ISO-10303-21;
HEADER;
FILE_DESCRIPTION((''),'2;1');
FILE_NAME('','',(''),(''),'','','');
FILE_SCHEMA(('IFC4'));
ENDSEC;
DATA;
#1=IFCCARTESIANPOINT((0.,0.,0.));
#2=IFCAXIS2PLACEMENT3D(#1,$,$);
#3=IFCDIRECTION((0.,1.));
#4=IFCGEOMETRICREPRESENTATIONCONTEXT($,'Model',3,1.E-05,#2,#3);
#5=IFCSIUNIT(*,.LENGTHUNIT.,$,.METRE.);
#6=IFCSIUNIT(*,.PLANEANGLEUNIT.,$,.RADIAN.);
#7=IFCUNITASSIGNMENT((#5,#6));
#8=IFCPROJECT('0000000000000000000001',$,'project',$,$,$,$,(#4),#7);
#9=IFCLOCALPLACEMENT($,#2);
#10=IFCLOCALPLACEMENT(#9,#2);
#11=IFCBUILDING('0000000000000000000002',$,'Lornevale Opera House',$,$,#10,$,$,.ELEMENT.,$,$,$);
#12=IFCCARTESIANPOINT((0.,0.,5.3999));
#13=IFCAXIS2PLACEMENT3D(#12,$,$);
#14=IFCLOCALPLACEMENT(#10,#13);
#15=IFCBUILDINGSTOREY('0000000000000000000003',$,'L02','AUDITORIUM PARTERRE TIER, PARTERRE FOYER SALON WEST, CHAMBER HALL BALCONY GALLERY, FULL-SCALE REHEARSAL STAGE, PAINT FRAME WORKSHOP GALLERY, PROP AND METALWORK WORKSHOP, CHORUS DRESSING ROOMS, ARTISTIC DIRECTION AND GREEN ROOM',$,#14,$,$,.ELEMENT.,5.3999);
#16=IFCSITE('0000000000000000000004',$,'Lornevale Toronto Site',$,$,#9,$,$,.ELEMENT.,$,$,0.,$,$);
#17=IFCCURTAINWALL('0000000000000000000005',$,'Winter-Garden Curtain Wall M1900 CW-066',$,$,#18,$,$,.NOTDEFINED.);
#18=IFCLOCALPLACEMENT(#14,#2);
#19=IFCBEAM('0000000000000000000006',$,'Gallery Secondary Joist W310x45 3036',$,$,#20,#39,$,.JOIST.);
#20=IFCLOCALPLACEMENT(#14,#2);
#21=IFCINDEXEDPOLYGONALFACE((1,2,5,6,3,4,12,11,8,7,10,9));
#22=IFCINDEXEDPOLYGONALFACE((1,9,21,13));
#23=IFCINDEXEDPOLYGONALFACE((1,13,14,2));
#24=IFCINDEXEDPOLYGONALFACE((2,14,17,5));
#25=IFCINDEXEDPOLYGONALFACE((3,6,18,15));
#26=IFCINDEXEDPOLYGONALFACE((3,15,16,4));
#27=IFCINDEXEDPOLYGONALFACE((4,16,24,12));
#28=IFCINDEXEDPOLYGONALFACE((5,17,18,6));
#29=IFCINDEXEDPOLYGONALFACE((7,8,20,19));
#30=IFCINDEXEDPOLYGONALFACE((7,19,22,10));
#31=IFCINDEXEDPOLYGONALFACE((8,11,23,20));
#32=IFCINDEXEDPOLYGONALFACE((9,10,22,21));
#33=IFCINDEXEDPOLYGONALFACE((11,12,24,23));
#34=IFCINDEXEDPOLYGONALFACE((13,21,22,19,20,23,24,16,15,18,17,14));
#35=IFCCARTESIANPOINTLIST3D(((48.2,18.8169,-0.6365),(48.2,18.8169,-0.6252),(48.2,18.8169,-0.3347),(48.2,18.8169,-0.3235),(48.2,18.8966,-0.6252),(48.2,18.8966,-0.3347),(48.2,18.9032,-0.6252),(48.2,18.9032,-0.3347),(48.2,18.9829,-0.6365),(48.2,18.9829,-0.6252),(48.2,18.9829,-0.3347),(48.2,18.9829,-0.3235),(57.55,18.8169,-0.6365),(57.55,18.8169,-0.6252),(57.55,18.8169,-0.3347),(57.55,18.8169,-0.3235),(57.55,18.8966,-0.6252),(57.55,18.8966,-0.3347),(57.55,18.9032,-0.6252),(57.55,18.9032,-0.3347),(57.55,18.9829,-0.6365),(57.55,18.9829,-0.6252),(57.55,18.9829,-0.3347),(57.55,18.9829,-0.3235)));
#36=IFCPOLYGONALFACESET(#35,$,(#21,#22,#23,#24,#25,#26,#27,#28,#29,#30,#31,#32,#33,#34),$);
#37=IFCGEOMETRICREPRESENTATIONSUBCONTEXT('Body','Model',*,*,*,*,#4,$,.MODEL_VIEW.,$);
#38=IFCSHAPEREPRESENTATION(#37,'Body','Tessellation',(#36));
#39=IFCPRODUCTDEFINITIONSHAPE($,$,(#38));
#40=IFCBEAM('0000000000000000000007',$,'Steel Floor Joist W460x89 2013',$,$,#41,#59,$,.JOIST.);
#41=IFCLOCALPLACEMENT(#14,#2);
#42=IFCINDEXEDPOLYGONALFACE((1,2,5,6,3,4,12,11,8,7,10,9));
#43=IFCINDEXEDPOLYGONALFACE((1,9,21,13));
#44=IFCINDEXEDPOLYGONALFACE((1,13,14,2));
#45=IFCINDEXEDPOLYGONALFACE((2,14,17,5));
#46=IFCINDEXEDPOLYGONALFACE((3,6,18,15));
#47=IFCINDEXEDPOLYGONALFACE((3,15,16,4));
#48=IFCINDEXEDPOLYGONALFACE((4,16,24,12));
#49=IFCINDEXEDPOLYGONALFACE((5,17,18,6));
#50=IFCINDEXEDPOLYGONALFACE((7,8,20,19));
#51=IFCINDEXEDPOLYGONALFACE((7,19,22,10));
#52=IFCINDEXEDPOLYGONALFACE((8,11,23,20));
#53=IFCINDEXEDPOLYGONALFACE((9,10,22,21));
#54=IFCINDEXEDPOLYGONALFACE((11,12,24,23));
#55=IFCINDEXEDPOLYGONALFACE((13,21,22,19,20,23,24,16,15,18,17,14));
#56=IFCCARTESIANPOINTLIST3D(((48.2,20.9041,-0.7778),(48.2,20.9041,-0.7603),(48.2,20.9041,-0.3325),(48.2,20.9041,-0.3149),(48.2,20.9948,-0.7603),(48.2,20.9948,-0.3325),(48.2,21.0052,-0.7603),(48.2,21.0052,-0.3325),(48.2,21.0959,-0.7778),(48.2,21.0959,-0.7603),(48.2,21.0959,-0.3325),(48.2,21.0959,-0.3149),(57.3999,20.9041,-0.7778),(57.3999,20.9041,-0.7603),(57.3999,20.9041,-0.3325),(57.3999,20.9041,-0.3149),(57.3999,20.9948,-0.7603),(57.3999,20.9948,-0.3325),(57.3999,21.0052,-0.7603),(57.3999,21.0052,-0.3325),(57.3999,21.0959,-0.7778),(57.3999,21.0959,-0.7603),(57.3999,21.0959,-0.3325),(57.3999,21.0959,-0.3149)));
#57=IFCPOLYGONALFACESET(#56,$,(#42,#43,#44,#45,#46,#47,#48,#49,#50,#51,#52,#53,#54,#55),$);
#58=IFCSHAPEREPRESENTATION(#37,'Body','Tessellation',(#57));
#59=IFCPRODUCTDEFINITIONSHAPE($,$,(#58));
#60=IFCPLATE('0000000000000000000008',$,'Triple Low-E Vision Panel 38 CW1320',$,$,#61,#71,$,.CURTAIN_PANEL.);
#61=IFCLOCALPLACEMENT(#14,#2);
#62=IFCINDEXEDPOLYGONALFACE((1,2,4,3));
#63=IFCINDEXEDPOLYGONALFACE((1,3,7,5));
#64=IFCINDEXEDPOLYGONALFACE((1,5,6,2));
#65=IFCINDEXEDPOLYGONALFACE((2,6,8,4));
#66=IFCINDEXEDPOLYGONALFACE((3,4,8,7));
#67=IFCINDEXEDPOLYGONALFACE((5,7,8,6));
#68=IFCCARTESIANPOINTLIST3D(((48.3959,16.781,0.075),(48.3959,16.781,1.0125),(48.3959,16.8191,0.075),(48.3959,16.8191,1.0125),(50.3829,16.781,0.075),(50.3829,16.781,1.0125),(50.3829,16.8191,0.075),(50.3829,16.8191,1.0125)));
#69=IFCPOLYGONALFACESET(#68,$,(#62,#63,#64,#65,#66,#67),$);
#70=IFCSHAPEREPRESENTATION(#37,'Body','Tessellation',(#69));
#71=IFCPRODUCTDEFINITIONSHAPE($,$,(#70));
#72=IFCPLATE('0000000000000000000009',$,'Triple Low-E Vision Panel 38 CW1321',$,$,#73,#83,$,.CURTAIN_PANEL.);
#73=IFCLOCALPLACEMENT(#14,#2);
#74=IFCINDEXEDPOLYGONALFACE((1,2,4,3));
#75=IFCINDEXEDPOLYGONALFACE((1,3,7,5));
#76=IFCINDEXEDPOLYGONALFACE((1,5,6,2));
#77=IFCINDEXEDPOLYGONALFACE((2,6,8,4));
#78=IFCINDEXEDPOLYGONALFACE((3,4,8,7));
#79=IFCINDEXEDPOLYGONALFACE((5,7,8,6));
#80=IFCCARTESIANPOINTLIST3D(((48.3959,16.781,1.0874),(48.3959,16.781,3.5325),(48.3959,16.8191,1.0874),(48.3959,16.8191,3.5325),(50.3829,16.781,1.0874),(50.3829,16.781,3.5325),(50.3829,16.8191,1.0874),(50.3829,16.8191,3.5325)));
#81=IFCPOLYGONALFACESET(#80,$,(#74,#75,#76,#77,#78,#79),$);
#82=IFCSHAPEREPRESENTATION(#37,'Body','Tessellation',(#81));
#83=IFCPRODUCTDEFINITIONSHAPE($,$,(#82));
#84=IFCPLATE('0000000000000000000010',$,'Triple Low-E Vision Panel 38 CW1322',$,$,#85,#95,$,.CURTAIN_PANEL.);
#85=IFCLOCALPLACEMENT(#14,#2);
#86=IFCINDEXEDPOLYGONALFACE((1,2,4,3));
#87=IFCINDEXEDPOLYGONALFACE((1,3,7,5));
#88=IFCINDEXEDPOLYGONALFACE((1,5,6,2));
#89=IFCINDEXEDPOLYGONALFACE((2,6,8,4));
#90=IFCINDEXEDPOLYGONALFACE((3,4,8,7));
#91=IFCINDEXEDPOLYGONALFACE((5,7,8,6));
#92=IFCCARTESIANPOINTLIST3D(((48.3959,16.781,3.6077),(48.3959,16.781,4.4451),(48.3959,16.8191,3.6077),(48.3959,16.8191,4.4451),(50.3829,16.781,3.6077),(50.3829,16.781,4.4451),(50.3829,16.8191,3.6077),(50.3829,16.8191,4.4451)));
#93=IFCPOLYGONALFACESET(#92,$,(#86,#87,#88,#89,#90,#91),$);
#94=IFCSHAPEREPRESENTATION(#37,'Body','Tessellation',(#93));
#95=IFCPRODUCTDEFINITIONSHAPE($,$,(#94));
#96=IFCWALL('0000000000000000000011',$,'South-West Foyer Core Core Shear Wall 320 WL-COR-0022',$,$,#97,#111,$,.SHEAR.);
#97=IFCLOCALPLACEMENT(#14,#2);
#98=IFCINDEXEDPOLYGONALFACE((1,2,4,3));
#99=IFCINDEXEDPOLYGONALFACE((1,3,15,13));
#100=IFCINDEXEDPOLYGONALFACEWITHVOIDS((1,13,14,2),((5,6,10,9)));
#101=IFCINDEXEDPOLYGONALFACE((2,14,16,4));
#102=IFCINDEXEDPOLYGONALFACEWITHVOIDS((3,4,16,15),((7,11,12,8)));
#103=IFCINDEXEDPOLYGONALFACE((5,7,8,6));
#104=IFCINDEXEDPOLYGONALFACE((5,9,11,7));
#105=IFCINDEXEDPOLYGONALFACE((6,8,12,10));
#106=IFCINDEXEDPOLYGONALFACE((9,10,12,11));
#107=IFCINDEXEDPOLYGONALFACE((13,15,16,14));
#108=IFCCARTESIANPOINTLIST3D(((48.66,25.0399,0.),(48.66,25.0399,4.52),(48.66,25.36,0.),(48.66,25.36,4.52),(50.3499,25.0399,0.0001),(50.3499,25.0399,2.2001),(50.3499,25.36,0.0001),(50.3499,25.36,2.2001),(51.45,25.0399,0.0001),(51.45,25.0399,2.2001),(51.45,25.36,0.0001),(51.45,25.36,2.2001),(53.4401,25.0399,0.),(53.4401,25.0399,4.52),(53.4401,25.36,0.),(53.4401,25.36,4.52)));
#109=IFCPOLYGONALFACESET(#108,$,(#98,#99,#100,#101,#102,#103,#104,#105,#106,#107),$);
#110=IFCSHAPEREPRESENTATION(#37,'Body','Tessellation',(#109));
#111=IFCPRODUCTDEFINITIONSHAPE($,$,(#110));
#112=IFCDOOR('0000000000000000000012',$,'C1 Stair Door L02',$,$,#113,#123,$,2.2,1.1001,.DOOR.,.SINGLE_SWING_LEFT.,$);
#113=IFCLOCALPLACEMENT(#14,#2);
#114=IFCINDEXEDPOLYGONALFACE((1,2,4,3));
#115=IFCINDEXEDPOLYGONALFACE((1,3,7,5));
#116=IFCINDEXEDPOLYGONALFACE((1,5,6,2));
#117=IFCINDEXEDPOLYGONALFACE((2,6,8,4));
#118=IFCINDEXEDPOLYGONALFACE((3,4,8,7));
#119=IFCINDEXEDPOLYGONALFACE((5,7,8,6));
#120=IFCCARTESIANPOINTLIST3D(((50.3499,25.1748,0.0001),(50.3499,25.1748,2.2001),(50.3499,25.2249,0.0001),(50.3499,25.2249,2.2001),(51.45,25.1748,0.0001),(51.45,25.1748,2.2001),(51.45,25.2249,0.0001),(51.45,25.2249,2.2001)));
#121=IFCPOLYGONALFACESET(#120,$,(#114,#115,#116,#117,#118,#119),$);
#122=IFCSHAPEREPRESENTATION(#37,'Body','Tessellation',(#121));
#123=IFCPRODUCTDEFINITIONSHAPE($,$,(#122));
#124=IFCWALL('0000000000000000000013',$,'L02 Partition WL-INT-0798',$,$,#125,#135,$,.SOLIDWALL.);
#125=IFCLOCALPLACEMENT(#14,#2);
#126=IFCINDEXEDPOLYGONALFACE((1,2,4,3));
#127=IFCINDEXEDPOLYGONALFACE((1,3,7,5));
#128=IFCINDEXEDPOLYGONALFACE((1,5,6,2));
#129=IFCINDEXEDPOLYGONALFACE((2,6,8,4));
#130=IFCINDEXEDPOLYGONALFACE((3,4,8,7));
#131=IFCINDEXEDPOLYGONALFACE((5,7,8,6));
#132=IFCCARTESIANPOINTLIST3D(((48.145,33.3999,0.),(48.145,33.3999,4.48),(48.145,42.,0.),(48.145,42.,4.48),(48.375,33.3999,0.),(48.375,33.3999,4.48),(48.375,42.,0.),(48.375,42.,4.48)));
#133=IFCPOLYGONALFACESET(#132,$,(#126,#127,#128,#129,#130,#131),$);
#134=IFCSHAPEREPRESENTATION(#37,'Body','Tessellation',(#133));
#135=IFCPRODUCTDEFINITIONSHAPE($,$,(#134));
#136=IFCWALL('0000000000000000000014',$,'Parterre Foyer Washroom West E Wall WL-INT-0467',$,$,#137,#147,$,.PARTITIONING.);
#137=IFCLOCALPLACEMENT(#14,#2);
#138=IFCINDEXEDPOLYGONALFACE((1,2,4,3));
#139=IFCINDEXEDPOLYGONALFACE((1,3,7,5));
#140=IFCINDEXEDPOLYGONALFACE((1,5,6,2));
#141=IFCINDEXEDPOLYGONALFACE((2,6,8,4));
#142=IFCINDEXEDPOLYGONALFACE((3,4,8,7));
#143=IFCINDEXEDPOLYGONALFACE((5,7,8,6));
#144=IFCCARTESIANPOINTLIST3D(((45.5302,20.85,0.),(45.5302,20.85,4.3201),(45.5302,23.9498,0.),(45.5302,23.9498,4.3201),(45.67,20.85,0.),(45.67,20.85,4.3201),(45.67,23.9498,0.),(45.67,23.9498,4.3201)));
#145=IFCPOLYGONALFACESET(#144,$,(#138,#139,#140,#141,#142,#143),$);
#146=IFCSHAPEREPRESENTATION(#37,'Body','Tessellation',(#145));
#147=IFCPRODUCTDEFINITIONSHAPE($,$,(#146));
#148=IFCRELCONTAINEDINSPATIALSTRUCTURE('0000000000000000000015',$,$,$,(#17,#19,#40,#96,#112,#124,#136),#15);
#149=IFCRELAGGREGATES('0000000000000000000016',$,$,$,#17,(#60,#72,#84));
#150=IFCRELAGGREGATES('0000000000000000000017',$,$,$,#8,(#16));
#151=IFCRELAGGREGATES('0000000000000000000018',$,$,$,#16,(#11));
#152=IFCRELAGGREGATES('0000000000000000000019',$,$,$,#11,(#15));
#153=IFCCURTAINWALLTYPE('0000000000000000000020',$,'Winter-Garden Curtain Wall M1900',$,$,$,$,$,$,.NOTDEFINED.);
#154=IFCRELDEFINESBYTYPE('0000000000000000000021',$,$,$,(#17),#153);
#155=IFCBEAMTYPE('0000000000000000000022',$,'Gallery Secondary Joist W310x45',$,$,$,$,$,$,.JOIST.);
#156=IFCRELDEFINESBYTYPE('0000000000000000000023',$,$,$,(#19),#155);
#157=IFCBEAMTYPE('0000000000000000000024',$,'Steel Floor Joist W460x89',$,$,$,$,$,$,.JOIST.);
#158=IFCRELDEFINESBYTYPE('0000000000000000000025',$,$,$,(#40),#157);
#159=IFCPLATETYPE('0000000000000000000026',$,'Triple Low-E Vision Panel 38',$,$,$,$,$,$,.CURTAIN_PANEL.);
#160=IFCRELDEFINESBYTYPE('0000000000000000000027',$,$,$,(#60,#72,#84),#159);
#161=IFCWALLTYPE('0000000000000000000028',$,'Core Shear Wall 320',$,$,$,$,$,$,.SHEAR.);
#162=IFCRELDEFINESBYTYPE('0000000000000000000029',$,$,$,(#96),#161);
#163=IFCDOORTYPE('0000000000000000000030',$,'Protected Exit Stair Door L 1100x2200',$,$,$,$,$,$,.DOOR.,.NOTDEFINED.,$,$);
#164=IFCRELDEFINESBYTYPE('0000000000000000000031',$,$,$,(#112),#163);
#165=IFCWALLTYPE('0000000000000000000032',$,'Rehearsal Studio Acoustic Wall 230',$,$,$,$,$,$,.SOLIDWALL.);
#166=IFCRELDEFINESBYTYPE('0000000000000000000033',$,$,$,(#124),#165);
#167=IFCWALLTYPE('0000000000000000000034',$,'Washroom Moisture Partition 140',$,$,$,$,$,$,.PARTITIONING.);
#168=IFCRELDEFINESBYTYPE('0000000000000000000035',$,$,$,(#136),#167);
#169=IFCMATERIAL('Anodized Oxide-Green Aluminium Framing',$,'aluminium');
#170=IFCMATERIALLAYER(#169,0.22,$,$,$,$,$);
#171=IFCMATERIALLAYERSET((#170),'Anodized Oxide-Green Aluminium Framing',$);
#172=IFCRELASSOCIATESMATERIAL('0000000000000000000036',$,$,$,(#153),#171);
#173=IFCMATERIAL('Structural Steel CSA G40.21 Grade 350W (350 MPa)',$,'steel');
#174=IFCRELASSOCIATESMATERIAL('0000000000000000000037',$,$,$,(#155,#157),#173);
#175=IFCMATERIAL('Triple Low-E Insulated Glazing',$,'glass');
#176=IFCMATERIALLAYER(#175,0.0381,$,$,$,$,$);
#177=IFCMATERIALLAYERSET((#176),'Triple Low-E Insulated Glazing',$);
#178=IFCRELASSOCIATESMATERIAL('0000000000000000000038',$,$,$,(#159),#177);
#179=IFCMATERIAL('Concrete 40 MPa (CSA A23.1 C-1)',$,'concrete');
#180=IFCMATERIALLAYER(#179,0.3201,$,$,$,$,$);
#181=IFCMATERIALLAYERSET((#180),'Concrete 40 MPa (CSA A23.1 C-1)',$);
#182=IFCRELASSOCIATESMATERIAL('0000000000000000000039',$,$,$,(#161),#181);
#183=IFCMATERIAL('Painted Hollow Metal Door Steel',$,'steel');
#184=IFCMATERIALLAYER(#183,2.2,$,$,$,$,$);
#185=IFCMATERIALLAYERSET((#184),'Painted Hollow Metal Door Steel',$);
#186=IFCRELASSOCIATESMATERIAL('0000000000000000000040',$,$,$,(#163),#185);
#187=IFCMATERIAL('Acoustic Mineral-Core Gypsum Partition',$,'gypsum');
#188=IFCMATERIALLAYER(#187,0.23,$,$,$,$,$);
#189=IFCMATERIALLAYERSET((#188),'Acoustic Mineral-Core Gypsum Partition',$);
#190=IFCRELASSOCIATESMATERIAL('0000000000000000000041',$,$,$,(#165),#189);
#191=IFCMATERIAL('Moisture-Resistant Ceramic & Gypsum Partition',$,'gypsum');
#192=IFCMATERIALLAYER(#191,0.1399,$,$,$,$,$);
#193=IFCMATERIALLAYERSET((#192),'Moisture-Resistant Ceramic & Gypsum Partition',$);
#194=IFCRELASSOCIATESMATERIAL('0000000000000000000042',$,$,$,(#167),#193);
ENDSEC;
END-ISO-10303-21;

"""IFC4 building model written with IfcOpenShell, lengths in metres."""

from ifc_helpers import new_model, si_unit, direction, frame, frame_2d, origin, origin_2d, place, context, subcontext, project, spatial, rectangle, i_section, extrude, material, layer, layer_set, material_profile, profile_set, type_object, element, fill, aggregate, save


model = new_model("IFC4")

# Units and contexts
model_context = context("Model", 3, precision=1e-05, world=origin(), true_north=direction((0.0, 1.0)))
body_context = subcontext(model_context, "Body", "Model", "MODEL_VIEW")
ifc_project = project(units=[si_unit("LENGTHUNIT", "METRE"), si_unit("PLANEANGLEUNIT", "RADIAN")], contexts=[model_context])

# Site, building, storey
site_placement = place(None, origin())
site = spatial("IfcSite", under=ifc_project, at=site_placement, Name="Lornevale Toronto Site", CompositionType="ELEMENT", RefElevation=0.0)
building_placement = place(site_placement, origin())
building = spatial("IfcBuilding", under=site, at=building_placement, Name="Lornevale Opera House", CompositionType="ELEMENT")
storey_placement = place(building_placement, frame((0.0, 0.0, 5.3999)))
storey = spatial("IfcBuildingStorey", under=building, at=storey_placement, Name="L02", Description="AUDITORIUM PARTERRE TIER, PARTERRE FOYER SALON WEST, CHAMBER HALL BALCONY GALLERY, FULL-SCALE REHEARSAL STAGE, PAINT FRAME WORKSHOP GALLERY, PROP AND METALWORK WORKSHOP, CHORUS DRESSING ROOMS, ARTISTIC DIRECTION AND GREEN ROOM", CompositionType="ELEMENT", Elevation=5.3999)

# Shared definitions
ifc_material_1 = material(Name="Concrete 40 MPa (CSA A23.1 C-1)", Category="concrete")

# Curtain wall
ifc_material_2 = material(Name="Anodized Oxide-Green Aluminium Framing", Category="aluminium")
ifc_layer_1 = layer(ifc_material_2, 0.22)
ifc_layer_set_1 = layer_set([ifc_layer_1], Name="Anodized Oxide-Green Aluminium Framing")
curtain_wall_type = type_object("IfcCurtainWallType", Name="Winter-Garden Curtain Wall M1900", PredefinedType="NOTDEFINED", material=ifc_layer_set_1)
curtain_wall_1_placement = place(storey_placement, origin())
curtain_wall_1 = element("IfcCurtainWall", 1, at=curtain_wall_1_placement, inside=storey, type_object=curtain_wall_type, Name="Winter-Garden Curtain Wall M1900 CW-066", PredefinedType="NOTDEFINED")

# Beams
ifc_material_3 = material(Name="Structural Steel CSA G40.21 Grade 350W (350 MPa)", Category="steel")
ifc_material_profile_1 = material_profile(ifc_material_3, i_section(OverallWidth=0.166, OverallDepth=0.313, WebThickness=0.0066, FlangeThickness=0.0112, at=origin_2d()), Name="W310x45")
ifc_profile_set_1 = profile_set([ifc_material_profile_1], Name="Structural Steel CSA G40.21 Grade 350W (350 MPa)")
beam_type_1 = type_object("IfcBeamType", Name="Gallery Secondary Joist W310x45", PredefinedType="JOIST", material=ifc_profile_set_1)
beam_1_placement = place(storey_placement, frame((48.2, 18.8999, -0.48), z_axis=(1.0, 0.0, 0.0), x_axis=(0.0, 1.0, 0.0)))
element("IfcBeam", 2, at=beam_1_placement, inside=storey, type_object=beam_type_1, Name="Gallery Secondary Joist W310x45 3036", PredefinedType="JOIST", context=body_context, shape_type="SweptSolid", body=[
    extrude(i_section(OverallWidth=0.166, OverallDepth=0.313, WebThickness=0.0066, FlangeThickness=0.0112, at=origin_2d()), origin(), (0.0, 0.0, 1.0), 9.3501),
])
ifc_material_profile_2 = material_profile(ifc_material_3, i_section(OverallWidth=0.1919, OverallDepth=0.4629, WebThickness=0.0105, FlangeThickness=0.0176, at=origin_2d()), Name="W460x89")
ifc_profile_set_2 = profile_set([ifc_material_profile_2], Name="Structural Steel CSA G40.21 Grade 350W (350 MPa)")
beam_type_2 = type_object("IfcBeamType", Name="Steel Floor Joist W460x89", PredefinedType="JOIST", material=ifc_profile_set_2)
beam_2_placement = place(storey_placement, frame((48.2, 21.0, -0.5464), z_axis=(1.0, 0.0, 0.0), x_axis=(0.0, 1.0, 0.0)))
element("IfcBeam", 3, at=beam_2_placement, inside=storey, type_object=beam_type_2, Name="Steel Floor Joist W460x89 2013", PredefinedType="JOIST", context=body_context, shape_type="SweptSolid", body=[
    extrude(i_section(OverallWidth=0.1919, OverallDepth=0.4629, WebThickness=0.0105, FlangeThickness=0.0176, at=origin_2d()), origin(), (0.0, 0.0, 1.0), 9.2),
])

# Plates
ifc_material_4 = material(Name="Triple Low-E Insulated Glazing", Category="glass")
ifc_layer_2 = layer(ifc_material_4, 0.0381)
ifc_layer_set_2 = layer_set([ifc_layer_2], Name="Triple Low-E Insulated Glazing")
plate_type = type_object("IfcPlateType", Name="Triple Low-E Vision Panel 38", PredefinedType="CURTAIN_PANEL", material=ifc_layer_set_2)
plate_1_placement = place(storey_placement, frame((49.3894, 16.8, 0.075), z_axis=(0.0, 0.0, 1.0), x_axis=(-1.0, 0.0, 0.0)))
plate_1 = element("IfcPlate", 4, at=plate_1_placement, type_object=plate_type, Name="Triple Low-E Vision Panel 38 CW1320", PredefinedType="CURTAIN_PANEL", context=body_context, shape_type="SweptSolid", body=[
    extrude(rectangle(XDim=1.9871, YDim=0.0381, at=origin_2d()), origin(), (0.0, 0.0, 1.0), 0.9375),
])
plate_2_placement = place(storey_placement, frame((49.3894, 16.8, 1.0874), z_axis=(0.0, 0.0, 1.0), x_axis=(-1.0, 0.0, 0.0)))
plate_2 = element("IfcPlate", 5, at=plate_2_placement, type_object=plate_type, Name="Triple Low-E Vision Panel 38 CW1321", PredefinedType="CURTAIN_PANEL", context=body_context, shape_type="SweptSolid", body=[
    extrude(rectangle(XDim=1.9871, YDim=0.0381, at=origin_2d()), origin(), (0.0, 0.0, 1.0), 2.4451),
])
plate_3_placement = place(storey_placement, frame((49.3894, 16.8, 3.6077), z_axis=(0.0, 0.0, 1.0), x_axis=(-1.0, 0.0, 0.0)))
plate_3 = element("IfcPlate", 6, at=plate_3_placement, type_object=plate_type, Name="Triple Low-E Vision Panel 38 CW1322", PredefinedType="CURTAIN_PANEL", context=body_context, shape_type="SweptSolid", body=[
    extrude(rectangle(XDim=1.9871, YDim=0.0381, at=origin_2d()), origin(), (0.0, 0.0, 1.0), 0.8374),
])
aggregate(curtain_wall_1, [plate_1, plate_2, plate_3])

# Wall, opening, door
ifc_layer_3 = layer(ifc_material_1, 0.3201)
ifc_layer_set_3 = layer_set([ifc_layer_3], Name="Concrete 40 MPa (CSA A23.1 C-1)")
wall_type_1 = type_object("IfcWallType", Name="Core Shear Wall 320", PredefinedType="SHEAR", material=ifc_layer_set_3)
wall_1_placement = place(storey_placement, frame((48.6599, 25.2, 0.0), z_axis=(0.0, 0.0, 1.0), x_axis=(1.0, 0.0, 0.0)))
wall_1 = element("IfcWall", 7, at=wall_1_placement, inside=storey, type_object=wall_type_1, Name="South-West Foyer Core Core Shear Wall 320 WL-COR-0022", PredefinedType="SHEAR", context=body_context, shape_type="SweptSolid", body=[
    extrude(rectangle(XDim=4.78, YDim=0.3201, at=frame_2d((2.3901, 0.0))), origin(), (0.0, 0.0, 1.0), 4.52),
])
opening_placement = place(wall_1_placement, frame((1.6899, 0.0, 0.0)))
opening = element("IfcOpeningElement", 8, at=opening_placement, cuts=wall_1, PredefinedType="OPENING", context=body_context, shape_type="SweptSolid", body=[
    extrude(rectangle(XDim=1.1001, YDim=2.2, at=frame_2d((0.55, 1.1001))), frame((0.0, 0.1699, 0.0), z_axis=(0.0, -1.0, 0.0), x_axis=(1.0, 0.0, 0.0)), (0.0, 0.0, 1.0), 0.3401),
])
ifc_material_5 = material(Name="Painted Hollow Metal Door Steel", Category="steel")
ifc_layer_4 = layer(ifc_material_5, 2.2)
ifc_layer_set_4 = layer_set([ifc_layer_4], Name="Painted Hollow Metal Door Steel")
door_type = type_object("IfcDoorType", Name="Protected Exit Stair Door L 1100x2200", OperationType="NOTDEFINED", PredefinedType="DOOR", material=ifc_layer_set_4)
door_placement = place(opening_placement, origin())
door = element("IfcDoor", 9, at=door_placement, inside=storey, type_object=door_type, Name="C1 Stair Door L02", OperationType="SINGLE_SWING_LEFT", OverallHeight=2.2, OverallWidth=1.1001, PredefinedType="DOOR", context=body_context, shape_type="SweptSolid", body=[
    extrude(rectangle(XDim=1.1001, YDim=2.2, at=frame_2d((0.55, 1.1001))), frame((0.0, 0.0249, 0.0), z_axis=(0.0, -1.0, 0.0), x_axis=(1.0, 0.0, 0.0)), (0.0, 0.0, 1.0), 0.05),
])
fill(opening, door)

# Walls
ifc_material_6 = material(Name="Acoustic Mineral-Core Gypsum Partition", Category="gypsum")
ifc_layer_5 = layer(ifc_material_6, 0.23)
ifc_layer_set_5 = layer_set([ifc_layer_5], Name="Acoustic Mineral-Core Gypsum Partition")
wall_type_2 = type_object("IfcWallType", Name="Rehearsal Studio Acoustic Wall 230", PredefinedType="SOLIDWALL", material=ifc_layer_set_5)
wall_2_placement = place(storey_placement, frame((48.26, 33.3999, 0.0), z_axis=(0.0, 0.0, 1.0), x_axis=(0.0, 1.0, 0.0)))
element("IfcWall", 10, at=wall_2_placement, inside=storey, type_object=wall_type_2, Name="L02 Partition WL-INT-0798", PredefinedType="SOLIDWALL", context=body_context, shape_type="SweptSolid", body=[
    extrude(rectangle(XDim=8.6001, YDim=0.23, at=frame_2d((4.3, 0.0))), origin(), (0.0, 0.0, 1.0), 4.48),
])
ifc_material_7 = material(Name="Moisture-Resistant Ceramic & Gypsum Partition", Category="gypsum")
ifc_layer_6 = layer(ifc_material_7, 0.1399)
ifc_layer_set_6 = layer_set([ifc_layer_6], Name="Moisture-Resistant Ceramic & Gypsum Partition")
wall_type_3 = type_object("IfcWallType", Name="Washroom Moisture Partition 140", PredefinedType="PARTITIONING", material=ifc_layer_set_6)
wall_3_placement = place(storey_placement, frame((45.6001, 20.8501, 0.0), z_axis=(0.0, 0.0, 1.0), x_axis=(0.0, 1.0, 0.0)))
element("IfcWall", 11, at=wall_3_placement, inside=storey, type_object=wall_type_3, Name="Parterre Foyer Washroom West E Wall WL-INT-0467", PredefinedType="PARTITIONING", context=body_context, shape_type="SweptSolid", body=[
    extrude(rectangle(XDim=3.0999, YDim=0.1399, at=frame_2d((1.5498, 0.0))), origin(), (0.0, 0.0, 1.0), 4.3201),
])

save(model, "model.ifc")
